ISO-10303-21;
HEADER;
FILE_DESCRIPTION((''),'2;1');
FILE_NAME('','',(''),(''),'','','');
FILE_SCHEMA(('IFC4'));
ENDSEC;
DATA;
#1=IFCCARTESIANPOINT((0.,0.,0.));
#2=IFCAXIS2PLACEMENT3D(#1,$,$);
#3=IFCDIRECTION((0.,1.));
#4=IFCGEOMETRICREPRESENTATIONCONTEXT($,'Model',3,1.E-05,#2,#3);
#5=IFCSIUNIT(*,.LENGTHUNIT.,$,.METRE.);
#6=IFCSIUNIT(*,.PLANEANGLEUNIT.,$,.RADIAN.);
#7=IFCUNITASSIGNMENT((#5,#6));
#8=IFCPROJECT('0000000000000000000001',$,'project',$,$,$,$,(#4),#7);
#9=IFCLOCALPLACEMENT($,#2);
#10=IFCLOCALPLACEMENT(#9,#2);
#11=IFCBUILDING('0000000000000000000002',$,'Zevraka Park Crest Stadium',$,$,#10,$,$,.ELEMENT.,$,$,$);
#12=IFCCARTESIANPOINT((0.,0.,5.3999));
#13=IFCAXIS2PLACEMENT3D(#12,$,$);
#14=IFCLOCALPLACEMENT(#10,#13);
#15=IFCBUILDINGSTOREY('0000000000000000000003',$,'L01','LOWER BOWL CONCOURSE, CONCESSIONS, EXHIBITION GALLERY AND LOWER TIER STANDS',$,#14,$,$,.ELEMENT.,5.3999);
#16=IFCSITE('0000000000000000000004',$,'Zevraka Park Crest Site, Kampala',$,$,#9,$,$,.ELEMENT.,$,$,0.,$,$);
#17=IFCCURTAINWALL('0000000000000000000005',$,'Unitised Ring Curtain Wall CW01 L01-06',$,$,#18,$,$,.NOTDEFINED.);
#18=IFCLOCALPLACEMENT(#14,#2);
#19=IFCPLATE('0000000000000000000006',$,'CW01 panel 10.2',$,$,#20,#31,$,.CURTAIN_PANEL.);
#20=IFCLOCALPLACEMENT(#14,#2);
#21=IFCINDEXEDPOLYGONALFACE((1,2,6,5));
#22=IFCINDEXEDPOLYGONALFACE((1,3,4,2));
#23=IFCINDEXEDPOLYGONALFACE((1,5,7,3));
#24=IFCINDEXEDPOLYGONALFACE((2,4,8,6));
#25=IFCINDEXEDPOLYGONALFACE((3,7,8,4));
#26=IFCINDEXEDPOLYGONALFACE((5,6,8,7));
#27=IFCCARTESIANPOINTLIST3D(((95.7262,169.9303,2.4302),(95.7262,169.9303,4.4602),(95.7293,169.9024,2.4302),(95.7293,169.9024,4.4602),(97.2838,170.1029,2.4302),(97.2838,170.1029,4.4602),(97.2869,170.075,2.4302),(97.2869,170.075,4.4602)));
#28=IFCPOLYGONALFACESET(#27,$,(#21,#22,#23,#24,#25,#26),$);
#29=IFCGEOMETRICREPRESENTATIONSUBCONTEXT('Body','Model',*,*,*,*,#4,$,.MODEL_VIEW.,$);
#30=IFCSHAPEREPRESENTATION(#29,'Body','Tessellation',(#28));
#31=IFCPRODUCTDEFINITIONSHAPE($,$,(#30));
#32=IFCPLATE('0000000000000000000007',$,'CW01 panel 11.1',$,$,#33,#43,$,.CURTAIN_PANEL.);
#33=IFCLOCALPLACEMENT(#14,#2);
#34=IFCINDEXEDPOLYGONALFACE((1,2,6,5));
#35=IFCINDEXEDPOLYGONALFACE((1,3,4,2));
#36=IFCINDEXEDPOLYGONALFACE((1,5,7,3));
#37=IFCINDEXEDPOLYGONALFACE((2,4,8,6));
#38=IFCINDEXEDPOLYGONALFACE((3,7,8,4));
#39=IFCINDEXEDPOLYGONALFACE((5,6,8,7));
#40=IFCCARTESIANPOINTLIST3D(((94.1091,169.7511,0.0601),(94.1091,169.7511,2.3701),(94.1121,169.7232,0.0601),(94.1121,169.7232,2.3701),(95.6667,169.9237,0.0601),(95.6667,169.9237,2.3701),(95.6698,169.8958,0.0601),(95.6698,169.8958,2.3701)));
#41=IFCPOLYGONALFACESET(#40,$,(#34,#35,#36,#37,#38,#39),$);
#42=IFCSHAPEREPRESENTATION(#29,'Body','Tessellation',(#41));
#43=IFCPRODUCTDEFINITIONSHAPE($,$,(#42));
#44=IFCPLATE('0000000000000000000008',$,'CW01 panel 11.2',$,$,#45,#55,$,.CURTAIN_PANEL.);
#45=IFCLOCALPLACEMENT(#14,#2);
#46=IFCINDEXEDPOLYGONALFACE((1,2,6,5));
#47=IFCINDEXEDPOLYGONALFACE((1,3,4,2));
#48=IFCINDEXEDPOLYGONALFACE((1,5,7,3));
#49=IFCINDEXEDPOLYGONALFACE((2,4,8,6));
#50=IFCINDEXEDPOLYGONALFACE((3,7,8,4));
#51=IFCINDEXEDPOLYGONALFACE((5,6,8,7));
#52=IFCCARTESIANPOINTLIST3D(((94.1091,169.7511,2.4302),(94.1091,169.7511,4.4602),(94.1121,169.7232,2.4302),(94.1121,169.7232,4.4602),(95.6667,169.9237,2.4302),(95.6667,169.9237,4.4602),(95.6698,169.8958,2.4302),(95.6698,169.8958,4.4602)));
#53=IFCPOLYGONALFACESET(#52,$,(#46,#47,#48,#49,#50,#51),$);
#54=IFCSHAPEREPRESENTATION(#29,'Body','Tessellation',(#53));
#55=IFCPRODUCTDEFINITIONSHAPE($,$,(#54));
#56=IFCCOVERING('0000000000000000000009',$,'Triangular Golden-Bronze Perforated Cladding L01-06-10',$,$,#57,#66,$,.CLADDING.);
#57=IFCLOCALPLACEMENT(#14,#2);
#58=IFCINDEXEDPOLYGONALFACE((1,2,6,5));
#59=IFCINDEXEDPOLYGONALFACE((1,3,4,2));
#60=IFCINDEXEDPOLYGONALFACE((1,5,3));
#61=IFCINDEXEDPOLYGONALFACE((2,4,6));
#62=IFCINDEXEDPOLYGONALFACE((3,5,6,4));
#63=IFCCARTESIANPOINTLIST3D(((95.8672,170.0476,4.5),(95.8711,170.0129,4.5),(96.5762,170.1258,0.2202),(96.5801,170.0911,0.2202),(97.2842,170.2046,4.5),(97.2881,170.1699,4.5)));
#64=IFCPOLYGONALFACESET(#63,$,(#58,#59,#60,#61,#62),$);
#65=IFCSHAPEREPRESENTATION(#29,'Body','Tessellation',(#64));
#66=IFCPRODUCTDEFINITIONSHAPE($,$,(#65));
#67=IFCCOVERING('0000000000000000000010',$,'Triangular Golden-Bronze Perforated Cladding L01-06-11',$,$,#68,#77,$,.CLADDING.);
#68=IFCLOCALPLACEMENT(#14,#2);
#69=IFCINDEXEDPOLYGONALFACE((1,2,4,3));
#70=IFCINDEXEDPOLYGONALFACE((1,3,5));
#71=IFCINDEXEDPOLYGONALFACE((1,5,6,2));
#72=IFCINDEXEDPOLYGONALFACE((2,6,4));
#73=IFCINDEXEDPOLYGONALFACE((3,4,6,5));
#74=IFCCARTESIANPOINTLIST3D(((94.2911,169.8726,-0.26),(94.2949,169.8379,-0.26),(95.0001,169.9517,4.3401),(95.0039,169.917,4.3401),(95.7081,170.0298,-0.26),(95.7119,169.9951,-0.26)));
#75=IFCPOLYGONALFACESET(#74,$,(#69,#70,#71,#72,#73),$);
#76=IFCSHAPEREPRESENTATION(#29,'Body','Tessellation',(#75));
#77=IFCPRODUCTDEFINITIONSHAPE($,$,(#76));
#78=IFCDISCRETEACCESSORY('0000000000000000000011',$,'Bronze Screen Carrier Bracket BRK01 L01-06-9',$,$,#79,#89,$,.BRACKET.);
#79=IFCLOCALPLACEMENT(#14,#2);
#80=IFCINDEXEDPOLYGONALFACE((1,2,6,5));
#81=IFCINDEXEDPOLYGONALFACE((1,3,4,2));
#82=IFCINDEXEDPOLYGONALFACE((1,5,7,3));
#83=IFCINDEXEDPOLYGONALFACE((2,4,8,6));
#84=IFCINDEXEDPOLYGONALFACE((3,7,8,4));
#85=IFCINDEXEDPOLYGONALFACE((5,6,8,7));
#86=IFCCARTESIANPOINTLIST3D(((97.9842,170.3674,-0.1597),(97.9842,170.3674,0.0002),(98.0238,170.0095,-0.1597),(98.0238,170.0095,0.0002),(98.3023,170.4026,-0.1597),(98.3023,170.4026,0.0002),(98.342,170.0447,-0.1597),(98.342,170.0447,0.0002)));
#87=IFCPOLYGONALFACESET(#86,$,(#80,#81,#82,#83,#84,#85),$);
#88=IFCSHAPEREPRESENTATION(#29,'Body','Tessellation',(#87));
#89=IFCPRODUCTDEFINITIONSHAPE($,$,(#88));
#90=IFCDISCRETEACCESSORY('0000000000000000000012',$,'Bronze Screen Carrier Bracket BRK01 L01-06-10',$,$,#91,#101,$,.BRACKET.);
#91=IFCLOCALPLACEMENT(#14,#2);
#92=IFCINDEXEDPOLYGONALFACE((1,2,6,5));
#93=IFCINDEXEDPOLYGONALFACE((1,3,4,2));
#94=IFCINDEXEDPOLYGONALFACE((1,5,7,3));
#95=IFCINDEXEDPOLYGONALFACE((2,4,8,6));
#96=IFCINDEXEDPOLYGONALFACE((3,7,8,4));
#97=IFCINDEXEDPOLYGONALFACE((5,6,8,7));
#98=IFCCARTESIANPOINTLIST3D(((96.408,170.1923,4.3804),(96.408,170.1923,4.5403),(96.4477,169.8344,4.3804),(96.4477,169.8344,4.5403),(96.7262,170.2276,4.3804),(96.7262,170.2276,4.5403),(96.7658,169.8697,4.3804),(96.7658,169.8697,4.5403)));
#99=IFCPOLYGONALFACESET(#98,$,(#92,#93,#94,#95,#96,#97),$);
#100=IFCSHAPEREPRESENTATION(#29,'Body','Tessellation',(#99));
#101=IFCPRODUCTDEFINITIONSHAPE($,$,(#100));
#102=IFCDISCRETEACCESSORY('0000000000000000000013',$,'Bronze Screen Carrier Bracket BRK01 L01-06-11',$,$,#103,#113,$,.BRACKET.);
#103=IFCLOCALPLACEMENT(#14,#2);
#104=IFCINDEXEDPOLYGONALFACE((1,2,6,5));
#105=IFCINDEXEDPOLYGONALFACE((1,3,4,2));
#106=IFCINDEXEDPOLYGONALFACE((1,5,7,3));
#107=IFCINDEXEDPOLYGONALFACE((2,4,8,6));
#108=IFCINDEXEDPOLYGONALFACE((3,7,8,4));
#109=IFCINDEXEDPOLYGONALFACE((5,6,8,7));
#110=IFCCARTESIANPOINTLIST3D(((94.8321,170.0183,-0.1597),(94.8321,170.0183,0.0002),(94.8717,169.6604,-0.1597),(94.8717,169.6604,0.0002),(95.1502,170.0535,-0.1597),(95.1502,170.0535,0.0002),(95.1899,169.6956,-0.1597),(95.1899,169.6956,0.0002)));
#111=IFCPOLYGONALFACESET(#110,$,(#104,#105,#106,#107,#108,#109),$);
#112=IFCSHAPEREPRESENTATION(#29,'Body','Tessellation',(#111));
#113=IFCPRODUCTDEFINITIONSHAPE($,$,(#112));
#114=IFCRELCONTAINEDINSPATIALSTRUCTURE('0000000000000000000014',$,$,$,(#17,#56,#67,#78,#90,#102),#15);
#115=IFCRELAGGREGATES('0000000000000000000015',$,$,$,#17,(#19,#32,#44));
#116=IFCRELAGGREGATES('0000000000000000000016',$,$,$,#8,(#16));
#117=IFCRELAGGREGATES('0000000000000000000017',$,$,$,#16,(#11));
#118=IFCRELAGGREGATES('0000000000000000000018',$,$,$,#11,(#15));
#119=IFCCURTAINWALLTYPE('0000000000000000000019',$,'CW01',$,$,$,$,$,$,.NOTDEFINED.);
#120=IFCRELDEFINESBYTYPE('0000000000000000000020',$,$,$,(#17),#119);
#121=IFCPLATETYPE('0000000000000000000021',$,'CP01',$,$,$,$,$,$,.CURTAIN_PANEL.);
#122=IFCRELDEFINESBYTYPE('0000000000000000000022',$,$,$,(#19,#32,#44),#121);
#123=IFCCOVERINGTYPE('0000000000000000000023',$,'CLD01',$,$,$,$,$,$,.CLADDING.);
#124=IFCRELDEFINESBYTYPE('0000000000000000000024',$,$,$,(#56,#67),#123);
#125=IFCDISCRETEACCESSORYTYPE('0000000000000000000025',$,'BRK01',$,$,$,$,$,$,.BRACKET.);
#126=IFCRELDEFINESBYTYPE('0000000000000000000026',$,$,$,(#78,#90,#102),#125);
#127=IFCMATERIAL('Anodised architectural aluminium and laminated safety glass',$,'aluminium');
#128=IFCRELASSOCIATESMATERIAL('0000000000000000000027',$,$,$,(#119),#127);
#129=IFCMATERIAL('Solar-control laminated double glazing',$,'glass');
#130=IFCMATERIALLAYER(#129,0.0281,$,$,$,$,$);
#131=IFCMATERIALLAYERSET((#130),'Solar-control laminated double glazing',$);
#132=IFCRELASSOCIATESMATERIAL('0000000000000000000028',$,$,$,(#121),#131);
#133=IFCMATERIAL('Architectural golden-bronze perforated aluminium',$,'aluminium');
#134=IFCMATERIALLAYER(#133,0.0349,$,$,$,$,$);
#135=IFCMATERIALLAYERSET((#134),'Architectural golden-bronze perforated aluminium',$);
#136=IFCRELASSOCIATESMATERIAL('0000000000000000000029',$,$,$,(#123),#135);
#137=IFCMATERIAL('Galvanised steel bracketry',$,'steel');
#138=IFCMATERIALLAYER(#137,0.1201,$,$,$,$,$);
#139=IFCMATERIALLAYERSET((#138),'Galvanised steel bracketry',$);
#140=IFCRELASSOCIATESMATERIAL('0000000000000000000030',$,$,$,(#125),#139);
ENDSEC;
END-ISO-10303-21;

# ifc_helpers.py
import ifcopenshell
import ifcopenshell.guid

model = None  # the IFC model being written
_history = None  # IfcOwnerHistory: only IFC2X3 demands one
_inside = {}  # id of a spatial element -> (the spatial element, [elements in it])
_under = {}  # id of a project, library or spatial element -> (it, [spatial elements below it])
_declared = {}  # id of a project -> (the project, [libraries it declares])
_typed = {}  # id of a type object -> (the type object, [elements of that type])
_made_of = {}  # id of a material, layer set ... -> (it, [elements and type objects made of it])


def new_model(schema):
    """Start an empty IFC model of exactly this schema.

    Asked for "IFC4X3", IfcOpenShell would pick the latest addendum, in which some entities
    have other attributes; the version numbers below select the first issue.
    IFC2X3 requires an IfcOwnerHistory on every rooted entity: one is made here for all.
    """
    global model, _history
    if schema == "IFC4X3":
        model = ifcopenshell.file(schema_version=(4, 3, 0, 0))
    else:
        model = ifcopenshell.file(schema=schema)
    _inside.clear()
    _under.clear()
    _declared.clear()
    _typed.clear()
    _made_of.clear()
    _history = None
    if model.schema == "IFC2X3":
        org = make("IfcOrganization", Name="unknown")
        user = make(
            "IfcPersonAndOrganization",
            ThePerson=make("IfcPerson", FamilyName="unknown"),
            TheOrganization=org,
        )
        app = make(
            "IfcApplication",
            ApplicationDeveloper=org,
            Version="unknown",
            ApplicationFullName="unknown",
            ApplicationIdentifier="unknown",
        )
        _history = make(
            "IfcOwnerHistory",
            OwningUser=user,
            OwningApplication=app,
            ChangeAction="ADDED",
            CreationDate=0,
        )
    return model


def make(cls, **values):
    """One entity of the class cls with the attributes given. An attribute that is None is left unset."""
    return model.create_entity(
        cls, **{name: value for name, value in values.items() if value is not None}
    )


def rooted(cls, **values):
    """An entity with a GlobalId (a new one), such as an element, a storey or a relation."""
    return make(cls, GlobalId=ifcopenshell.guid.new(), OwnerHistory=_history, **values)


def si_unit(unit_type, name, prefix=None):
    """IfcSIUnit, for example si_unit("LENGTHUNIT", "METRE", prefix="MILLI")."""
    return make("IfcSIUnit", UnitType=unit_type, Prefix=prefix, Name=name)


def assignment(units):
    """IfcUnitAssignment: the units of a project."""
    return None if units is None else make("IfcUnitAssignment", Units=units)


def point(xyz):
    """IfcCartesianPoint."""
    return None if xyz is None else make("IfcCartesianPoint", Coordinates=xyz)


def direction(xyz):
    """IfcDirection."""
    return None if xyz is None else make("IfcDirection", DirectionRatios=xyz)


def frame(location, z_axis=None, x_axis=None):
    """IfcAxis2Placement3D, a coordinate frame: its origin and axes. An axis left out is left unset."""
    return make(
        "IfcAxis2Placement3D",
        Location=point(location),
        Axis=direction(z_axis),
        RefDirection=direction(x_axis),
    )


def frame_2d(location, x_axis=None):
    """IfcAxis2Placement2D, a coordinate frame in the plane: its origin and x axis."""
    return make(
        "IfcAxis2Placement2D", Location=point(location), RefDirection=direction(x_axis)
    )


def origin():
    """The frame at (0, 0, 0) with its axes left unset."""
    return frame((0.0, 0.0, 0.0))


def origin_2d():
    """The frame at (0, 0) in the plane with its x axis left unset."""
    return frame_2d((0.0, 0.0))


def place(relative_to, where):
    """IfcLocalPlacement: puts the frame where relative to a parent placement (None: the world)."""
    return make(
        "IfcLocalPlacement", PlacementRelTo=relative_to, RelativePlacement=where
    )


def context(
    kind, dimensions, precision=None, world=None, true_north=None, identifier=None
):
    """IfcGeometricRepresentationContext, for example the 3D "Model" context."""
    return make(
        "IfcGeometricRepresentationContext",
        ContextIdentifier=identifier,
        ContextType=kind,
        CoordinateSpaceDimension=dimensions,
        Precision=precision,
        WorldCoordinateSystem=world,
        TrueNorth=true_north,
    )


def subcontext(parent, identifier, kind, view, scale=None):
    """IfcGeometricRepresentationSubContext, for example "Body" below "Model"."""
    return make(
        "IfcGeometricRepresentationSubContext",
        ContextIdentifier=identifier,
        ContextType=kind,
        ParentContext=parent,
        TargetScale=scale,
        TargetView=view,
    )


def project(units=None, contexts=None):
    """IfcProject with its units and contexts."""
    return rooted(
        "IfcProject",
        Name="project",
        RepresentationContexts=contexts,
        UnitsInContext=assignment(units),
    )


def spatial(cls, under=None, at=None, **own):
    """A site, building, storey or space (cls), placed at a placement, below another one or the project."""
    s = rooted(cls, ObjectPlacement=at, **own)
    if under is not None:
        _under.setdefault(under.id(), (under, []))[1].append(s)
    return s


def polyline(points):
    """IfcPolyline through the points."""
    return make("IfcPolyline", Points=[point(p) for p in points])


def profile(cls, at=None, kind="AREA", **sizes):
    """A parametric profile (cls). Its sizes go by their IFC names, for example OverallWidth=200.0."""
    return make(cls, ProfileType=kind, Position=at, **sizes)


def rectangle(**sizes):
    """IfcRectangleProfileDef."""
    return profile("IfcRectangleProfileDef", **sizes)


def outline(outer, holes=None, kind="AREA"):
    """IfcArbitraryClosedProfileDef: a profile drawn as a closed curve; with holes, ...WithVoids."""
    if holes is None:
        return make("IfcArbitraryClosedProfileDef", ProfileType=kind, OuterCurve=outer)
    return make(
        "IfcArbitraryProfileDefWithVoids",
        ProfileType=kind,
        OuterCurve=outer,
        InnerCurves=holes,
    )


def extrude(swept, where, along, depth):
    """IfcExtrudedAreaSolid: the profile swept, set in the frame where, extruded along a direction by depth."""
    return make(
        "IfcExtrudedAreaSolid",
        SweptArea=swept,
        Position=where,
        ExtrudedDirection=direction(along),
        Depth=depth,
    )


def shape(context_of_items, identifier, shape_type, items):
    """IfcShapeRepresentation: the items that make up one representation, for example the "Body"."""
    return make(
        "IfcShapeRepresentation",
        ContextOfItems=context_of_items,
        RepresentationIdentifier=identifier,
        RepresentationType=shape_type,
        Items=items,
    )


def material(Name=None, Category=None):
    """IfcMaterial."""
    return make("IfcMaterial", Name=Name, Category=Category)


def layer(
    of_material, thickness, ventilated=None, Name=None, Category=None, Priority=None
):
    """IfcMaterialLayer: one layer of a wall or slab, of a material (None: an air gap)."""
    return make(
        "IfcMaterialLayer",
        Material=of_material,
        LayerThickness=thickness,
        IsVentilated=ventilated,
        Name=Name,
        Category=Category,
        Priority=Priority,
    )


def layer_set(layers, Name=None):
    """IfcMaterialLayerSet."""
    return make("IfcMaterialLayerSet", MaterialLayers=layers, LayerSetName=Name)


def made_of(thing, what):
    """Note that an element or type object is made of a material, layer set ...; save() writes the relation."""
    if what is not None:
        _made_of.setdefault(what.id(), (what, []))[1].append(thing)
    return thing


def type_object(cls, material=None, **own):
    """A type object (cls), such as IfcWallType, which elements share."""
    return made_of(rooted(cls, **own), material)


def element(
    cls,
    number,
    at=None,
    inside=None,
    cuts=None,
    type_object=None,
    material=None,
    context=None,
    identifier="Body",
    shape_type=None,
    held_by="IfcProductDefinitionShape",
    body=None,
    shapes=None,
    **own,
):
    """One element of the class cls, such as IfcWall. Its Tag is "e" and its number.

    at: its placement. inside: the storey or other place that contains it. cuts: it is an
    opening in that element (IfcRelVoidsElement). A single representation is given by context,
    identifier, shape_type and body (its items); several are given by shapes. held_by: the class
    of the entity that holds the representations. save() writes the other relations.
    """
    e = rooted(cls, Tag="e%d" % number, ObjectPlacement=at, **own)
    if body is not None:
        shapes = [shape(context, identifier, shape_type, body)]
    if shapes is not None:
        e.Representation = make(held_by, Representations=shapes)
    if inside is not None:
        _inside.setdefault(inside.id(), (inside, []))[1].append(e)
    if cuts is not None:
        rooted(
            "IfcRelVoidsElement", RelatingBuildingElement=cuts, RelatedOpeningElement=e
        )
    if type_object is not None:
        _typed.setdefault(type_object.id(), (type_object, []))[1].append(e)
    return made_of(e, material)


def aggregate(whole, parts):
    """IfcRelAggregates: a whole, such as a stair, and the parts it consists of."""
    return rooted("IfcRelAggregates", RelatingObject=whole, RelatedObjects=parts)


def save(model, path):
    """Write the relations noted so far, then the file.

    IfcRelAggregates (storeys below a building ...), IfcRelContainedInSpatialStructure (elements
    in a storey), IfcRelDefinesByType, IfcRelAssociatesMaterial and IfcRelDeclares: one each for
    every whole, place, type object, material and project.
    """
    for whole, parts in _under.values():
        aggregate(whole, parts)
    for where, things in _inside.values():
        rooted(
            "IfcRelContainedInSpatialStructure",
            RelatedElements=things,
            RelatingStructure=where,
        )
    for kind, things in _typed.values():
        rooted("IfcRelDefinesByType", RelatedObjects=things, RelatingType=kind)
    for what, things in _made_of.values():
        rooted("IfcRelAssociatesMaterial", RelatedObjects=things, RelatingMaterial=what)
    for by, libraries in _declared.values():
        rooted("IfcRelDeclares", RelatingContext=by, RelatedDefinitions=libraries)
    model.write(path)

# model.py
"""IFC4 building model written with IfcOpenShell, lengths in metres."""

from ifc_helpers import new_model, si_unit, direction, frame, origin, origin_2d, place, context, subcontext, project, spatial, polyline, rectangle, outline, extrude, material, layer, layer_set, type_object, element, aggregate, save


model = new_model("IFC4")

# Units and contexts
model_context = context("Model", 3, precision=1e-05, world=origin(), true_north=direction((0.0, 1.0)))
body_context = subcontext(model_context, "Body", "Model", "MODEL_VIEW")
ifc_project = project(units=[si_unit("LENGTHUNIT", "METRE"), si_unit("PLANEANGLEUNIT", "RADIAN")], contexts=[model_context])

# Site, building, storey
site_placement = place(None, origin())
site = spatial("IfcSite", under=ifc_project, at=site_placement, Name="Zevraka Park Crest Site, Kampala", CompositionType="ELEMENT", RefElevation=0.0)
building_placement = place(site_placement, origin())
building = spatial("IfcBuilding", under=site, at=building_placement, Name="Zevraka Park Crest Stadium", CompositionType="ELEMENT")
storey_placement = place(building_placement, frame((0.0, 0.0, 5.3999)))
storey = spatial("IfcBuildingStorey", under=building, at=storey_placement, Name="L01", Description="LOWER BOWL CONCOURSE, CONCESSIONS, EXHIBITION GALLERY AND LOWER TIER STANDS", CompositionType="ELEMENT", Elevation=5.3999)

# Curtain wall, plates
ifc_material_1 = material(Name="Anodised architectural aluminium and laminated safety glass", Category="aluminium")
curtain_wall_type = type_object("IfcCurtainWallType", Name="CW01", PredefinedType="NOTDEFINED", material=ifc_material_1)
curtain_wall_placement = place(storey_placement, origin())
curtain_wall = element("IfcCurtainWall", 1, at=curtain_wall_placement, inside=storey, type_object=curtain_wall_type, Name="Unitised Ring Curtain Wall CW01 L01-06", PredefinedType="NOTDEFINED")
ifc_material_2 = material(Name="Solar-control laminated double glazing", Category="glass")
ifc_layer_1 = layer(ifc_material_2, 0.0281)
ifc_layer_set_1 = layer_set([ifc_layer_1], Name="Solar-control laminated double glazing")
plate_type = type_object("IfcPlateType", Name="CP01", PredefinedType="CURTAIN_PANEL", material=ifc_layer_set_1)
plate_1_placement = place(storey_placement, frame((96.5066, 170.0027, 2.4302), z_axis=(0.0, 0.0, 1.0), x_axis=(-0.993917, -0.110135, 0.0)))
plate_1 = element("IfcPlate", 2, at=plate_1_placement, type_object=plate_type, Name="CW01 panel 10.2", PredefinedType="CURTAIN_PANEL", context=body_context, shape_type="SweptSolid", body=[
    extrude(rectangle(XDim=1.5671, YDim=0.0281, at=origin_2d()), origin(), (0.0, 0.0, 1.0), 2.03),
])
plate_2_placement = place(storey_placement, frame((94.8894, 169.8235, 0.0601), z_axis=(0.0, 0.0, 1.0), x_axis=(-0.993917, -0.110135, 0.0)))
plate_2 = element("IfcPlate", 3, at=plate_2_placement, type_object=plate_type, Name="CW01 panel 11.1", PredefinedType="CURTAIN_PANEL", context=body_context, shape_type="SweptSolid", body=[
    extrude(rectangle(XDim=1.5671, YDim=0.0281, at=origin_2d()), origin(), (0.0, 0.0, 1.0), 2.3101),
])
plate_3_placement = place(storey_placement, frame((94.8894, 169.8235, 2.4302), z_axis=(0.0, 0.0, 1.0), x_axis=(-0.993917, -0.110135, 0.0)))
plate_3 = element("IfcPlate", 4, at=plate_3_placement, type_object=plate_type, Name="CW01 panel 11.2", PredefinedType="CURTAIN_PANEL", context=body_context, shape_type="SweptSolid", body=[
    extrude(rectangle(XDim=1.5671, YDim=0.0281, at=origin_2d()), origin(), (0.0, 0.0, 1.0), 2.03),
])
aggregate(curtain_wall, [plate_1, plate_2, plate_3])

# Coverings
ifc_material_3 = material(Name="Architectural golden-bronze perforated aluminium", Category="aluminium")
ifc_layer_2 = layer(ifc_material_3, 0.0349)
ifc_layer_set_2 = layer_set([ifc_layer_2], Name="Architectural golden-bronze perforated aluminium")
covering_type = type_object("IfcCoveringType", Name="CLD01", PredefinedType="CLADDING", material=ifc_layer_set_2)
covering_1_placement = place(storey_placement, frame((95.8711, 170.0129, 4.5), z_axis=(0.110112, -0.993919, 0.000098), x_axis=(0.993919, 0.110112, 0.0)))
element("IfcCovering", 5, at=covering_1_placement, inside=storey, type_object=covering_type, Name="Triangular Golden-Bronze Perforated Cladding L01-06-10", PredefinedType="CLADDING", context=body_context, shape_type="SweptSolid", body=[
    extrude(outline(polyline([(0.0, 0.0), (1.4257, 0.0), (0.7133, -4.2798), (0.0, 0.0)])), origin(), (0.0, 0.0, -1.0), 0.0349),
])
covering_2_placement = place(storey_placement, frame((95.7119, 169.9951, -0.26), z_axis=(0.110281, -0.9939, 0.000094), x_axis=(-0.9939, -0.110281, 0.0)))
element("IfcCovering", 6, at=covering_2_placement, inside=storey, type_object=covering_type, Name="Triangular Golden-Bronze Perforated Cladding L01-06-11", PredefinedType="CLADDING", context=body_context, shape_type="SweptSolid", body=[
    extrude(outline(polyline([(0.0, 0.0), (1.4257, 0.0), (0.7123, -4.6001), (0.0, 0.0)])), origin(), (0.0, 0.0, -1.0), 0.0349),
])

# Discrete accessories
ifc_material_4 = material(Name="Galvanised steel bracketry", Category="steel")
ifc_layer_3 = layer(ifc_material_4, 0.1201)
ifc_layer_set_3 = layer_set([ifc_layer_3], Name="Galvanised steel bracketry")
discrete_accessory_type = type_object("IfcDiscreteAccessoryType", Name="BRK01", PredefinedType="BRACKET", material=ifc_layer_set_3)
for number, where, z_axis, x_axis, name in (
    (7, (98.1631, 170.2061, -0.1597), (0.0, 0.0, 1.0), (-0.993923, -0.110081, 0.0), "Bronze Screen Carrier Bracket BRK01 L01-06-9"),
    (8, (96.5869, 170.031, 4.3804), (0.0, 0.0, 1.0), (-0.993923, -0.110081, 0.0), "Bronze Screen Carrier Bracket BRK01 L01-06-10"),
    (9, (95.011, 169.8569, -0.1597), (0.0, 0.0, 1.0), (-0.993923, -0.110081, 0.0), "Bronze Screen Carrier Bracket BRK01 L01-06-11"),
):
    element("IfcDiscreteAccessory", number, at=place(storey_placement, frame(where, z_axis=z_axis, x_axis=x_axis)), inside=storey, type_object=discrete_accessory_type, Name=name, PredefinedType="BRACKET", context=body_context, shape_type="SweptSolid", body=[
        extrude(rectangle(XDim=0.3201, YDim=0.3601, at=origin_2d()), origin(), (0.0, 0.0, 1.0), 0.1599),
    ])

save(model, "model.ifc")
